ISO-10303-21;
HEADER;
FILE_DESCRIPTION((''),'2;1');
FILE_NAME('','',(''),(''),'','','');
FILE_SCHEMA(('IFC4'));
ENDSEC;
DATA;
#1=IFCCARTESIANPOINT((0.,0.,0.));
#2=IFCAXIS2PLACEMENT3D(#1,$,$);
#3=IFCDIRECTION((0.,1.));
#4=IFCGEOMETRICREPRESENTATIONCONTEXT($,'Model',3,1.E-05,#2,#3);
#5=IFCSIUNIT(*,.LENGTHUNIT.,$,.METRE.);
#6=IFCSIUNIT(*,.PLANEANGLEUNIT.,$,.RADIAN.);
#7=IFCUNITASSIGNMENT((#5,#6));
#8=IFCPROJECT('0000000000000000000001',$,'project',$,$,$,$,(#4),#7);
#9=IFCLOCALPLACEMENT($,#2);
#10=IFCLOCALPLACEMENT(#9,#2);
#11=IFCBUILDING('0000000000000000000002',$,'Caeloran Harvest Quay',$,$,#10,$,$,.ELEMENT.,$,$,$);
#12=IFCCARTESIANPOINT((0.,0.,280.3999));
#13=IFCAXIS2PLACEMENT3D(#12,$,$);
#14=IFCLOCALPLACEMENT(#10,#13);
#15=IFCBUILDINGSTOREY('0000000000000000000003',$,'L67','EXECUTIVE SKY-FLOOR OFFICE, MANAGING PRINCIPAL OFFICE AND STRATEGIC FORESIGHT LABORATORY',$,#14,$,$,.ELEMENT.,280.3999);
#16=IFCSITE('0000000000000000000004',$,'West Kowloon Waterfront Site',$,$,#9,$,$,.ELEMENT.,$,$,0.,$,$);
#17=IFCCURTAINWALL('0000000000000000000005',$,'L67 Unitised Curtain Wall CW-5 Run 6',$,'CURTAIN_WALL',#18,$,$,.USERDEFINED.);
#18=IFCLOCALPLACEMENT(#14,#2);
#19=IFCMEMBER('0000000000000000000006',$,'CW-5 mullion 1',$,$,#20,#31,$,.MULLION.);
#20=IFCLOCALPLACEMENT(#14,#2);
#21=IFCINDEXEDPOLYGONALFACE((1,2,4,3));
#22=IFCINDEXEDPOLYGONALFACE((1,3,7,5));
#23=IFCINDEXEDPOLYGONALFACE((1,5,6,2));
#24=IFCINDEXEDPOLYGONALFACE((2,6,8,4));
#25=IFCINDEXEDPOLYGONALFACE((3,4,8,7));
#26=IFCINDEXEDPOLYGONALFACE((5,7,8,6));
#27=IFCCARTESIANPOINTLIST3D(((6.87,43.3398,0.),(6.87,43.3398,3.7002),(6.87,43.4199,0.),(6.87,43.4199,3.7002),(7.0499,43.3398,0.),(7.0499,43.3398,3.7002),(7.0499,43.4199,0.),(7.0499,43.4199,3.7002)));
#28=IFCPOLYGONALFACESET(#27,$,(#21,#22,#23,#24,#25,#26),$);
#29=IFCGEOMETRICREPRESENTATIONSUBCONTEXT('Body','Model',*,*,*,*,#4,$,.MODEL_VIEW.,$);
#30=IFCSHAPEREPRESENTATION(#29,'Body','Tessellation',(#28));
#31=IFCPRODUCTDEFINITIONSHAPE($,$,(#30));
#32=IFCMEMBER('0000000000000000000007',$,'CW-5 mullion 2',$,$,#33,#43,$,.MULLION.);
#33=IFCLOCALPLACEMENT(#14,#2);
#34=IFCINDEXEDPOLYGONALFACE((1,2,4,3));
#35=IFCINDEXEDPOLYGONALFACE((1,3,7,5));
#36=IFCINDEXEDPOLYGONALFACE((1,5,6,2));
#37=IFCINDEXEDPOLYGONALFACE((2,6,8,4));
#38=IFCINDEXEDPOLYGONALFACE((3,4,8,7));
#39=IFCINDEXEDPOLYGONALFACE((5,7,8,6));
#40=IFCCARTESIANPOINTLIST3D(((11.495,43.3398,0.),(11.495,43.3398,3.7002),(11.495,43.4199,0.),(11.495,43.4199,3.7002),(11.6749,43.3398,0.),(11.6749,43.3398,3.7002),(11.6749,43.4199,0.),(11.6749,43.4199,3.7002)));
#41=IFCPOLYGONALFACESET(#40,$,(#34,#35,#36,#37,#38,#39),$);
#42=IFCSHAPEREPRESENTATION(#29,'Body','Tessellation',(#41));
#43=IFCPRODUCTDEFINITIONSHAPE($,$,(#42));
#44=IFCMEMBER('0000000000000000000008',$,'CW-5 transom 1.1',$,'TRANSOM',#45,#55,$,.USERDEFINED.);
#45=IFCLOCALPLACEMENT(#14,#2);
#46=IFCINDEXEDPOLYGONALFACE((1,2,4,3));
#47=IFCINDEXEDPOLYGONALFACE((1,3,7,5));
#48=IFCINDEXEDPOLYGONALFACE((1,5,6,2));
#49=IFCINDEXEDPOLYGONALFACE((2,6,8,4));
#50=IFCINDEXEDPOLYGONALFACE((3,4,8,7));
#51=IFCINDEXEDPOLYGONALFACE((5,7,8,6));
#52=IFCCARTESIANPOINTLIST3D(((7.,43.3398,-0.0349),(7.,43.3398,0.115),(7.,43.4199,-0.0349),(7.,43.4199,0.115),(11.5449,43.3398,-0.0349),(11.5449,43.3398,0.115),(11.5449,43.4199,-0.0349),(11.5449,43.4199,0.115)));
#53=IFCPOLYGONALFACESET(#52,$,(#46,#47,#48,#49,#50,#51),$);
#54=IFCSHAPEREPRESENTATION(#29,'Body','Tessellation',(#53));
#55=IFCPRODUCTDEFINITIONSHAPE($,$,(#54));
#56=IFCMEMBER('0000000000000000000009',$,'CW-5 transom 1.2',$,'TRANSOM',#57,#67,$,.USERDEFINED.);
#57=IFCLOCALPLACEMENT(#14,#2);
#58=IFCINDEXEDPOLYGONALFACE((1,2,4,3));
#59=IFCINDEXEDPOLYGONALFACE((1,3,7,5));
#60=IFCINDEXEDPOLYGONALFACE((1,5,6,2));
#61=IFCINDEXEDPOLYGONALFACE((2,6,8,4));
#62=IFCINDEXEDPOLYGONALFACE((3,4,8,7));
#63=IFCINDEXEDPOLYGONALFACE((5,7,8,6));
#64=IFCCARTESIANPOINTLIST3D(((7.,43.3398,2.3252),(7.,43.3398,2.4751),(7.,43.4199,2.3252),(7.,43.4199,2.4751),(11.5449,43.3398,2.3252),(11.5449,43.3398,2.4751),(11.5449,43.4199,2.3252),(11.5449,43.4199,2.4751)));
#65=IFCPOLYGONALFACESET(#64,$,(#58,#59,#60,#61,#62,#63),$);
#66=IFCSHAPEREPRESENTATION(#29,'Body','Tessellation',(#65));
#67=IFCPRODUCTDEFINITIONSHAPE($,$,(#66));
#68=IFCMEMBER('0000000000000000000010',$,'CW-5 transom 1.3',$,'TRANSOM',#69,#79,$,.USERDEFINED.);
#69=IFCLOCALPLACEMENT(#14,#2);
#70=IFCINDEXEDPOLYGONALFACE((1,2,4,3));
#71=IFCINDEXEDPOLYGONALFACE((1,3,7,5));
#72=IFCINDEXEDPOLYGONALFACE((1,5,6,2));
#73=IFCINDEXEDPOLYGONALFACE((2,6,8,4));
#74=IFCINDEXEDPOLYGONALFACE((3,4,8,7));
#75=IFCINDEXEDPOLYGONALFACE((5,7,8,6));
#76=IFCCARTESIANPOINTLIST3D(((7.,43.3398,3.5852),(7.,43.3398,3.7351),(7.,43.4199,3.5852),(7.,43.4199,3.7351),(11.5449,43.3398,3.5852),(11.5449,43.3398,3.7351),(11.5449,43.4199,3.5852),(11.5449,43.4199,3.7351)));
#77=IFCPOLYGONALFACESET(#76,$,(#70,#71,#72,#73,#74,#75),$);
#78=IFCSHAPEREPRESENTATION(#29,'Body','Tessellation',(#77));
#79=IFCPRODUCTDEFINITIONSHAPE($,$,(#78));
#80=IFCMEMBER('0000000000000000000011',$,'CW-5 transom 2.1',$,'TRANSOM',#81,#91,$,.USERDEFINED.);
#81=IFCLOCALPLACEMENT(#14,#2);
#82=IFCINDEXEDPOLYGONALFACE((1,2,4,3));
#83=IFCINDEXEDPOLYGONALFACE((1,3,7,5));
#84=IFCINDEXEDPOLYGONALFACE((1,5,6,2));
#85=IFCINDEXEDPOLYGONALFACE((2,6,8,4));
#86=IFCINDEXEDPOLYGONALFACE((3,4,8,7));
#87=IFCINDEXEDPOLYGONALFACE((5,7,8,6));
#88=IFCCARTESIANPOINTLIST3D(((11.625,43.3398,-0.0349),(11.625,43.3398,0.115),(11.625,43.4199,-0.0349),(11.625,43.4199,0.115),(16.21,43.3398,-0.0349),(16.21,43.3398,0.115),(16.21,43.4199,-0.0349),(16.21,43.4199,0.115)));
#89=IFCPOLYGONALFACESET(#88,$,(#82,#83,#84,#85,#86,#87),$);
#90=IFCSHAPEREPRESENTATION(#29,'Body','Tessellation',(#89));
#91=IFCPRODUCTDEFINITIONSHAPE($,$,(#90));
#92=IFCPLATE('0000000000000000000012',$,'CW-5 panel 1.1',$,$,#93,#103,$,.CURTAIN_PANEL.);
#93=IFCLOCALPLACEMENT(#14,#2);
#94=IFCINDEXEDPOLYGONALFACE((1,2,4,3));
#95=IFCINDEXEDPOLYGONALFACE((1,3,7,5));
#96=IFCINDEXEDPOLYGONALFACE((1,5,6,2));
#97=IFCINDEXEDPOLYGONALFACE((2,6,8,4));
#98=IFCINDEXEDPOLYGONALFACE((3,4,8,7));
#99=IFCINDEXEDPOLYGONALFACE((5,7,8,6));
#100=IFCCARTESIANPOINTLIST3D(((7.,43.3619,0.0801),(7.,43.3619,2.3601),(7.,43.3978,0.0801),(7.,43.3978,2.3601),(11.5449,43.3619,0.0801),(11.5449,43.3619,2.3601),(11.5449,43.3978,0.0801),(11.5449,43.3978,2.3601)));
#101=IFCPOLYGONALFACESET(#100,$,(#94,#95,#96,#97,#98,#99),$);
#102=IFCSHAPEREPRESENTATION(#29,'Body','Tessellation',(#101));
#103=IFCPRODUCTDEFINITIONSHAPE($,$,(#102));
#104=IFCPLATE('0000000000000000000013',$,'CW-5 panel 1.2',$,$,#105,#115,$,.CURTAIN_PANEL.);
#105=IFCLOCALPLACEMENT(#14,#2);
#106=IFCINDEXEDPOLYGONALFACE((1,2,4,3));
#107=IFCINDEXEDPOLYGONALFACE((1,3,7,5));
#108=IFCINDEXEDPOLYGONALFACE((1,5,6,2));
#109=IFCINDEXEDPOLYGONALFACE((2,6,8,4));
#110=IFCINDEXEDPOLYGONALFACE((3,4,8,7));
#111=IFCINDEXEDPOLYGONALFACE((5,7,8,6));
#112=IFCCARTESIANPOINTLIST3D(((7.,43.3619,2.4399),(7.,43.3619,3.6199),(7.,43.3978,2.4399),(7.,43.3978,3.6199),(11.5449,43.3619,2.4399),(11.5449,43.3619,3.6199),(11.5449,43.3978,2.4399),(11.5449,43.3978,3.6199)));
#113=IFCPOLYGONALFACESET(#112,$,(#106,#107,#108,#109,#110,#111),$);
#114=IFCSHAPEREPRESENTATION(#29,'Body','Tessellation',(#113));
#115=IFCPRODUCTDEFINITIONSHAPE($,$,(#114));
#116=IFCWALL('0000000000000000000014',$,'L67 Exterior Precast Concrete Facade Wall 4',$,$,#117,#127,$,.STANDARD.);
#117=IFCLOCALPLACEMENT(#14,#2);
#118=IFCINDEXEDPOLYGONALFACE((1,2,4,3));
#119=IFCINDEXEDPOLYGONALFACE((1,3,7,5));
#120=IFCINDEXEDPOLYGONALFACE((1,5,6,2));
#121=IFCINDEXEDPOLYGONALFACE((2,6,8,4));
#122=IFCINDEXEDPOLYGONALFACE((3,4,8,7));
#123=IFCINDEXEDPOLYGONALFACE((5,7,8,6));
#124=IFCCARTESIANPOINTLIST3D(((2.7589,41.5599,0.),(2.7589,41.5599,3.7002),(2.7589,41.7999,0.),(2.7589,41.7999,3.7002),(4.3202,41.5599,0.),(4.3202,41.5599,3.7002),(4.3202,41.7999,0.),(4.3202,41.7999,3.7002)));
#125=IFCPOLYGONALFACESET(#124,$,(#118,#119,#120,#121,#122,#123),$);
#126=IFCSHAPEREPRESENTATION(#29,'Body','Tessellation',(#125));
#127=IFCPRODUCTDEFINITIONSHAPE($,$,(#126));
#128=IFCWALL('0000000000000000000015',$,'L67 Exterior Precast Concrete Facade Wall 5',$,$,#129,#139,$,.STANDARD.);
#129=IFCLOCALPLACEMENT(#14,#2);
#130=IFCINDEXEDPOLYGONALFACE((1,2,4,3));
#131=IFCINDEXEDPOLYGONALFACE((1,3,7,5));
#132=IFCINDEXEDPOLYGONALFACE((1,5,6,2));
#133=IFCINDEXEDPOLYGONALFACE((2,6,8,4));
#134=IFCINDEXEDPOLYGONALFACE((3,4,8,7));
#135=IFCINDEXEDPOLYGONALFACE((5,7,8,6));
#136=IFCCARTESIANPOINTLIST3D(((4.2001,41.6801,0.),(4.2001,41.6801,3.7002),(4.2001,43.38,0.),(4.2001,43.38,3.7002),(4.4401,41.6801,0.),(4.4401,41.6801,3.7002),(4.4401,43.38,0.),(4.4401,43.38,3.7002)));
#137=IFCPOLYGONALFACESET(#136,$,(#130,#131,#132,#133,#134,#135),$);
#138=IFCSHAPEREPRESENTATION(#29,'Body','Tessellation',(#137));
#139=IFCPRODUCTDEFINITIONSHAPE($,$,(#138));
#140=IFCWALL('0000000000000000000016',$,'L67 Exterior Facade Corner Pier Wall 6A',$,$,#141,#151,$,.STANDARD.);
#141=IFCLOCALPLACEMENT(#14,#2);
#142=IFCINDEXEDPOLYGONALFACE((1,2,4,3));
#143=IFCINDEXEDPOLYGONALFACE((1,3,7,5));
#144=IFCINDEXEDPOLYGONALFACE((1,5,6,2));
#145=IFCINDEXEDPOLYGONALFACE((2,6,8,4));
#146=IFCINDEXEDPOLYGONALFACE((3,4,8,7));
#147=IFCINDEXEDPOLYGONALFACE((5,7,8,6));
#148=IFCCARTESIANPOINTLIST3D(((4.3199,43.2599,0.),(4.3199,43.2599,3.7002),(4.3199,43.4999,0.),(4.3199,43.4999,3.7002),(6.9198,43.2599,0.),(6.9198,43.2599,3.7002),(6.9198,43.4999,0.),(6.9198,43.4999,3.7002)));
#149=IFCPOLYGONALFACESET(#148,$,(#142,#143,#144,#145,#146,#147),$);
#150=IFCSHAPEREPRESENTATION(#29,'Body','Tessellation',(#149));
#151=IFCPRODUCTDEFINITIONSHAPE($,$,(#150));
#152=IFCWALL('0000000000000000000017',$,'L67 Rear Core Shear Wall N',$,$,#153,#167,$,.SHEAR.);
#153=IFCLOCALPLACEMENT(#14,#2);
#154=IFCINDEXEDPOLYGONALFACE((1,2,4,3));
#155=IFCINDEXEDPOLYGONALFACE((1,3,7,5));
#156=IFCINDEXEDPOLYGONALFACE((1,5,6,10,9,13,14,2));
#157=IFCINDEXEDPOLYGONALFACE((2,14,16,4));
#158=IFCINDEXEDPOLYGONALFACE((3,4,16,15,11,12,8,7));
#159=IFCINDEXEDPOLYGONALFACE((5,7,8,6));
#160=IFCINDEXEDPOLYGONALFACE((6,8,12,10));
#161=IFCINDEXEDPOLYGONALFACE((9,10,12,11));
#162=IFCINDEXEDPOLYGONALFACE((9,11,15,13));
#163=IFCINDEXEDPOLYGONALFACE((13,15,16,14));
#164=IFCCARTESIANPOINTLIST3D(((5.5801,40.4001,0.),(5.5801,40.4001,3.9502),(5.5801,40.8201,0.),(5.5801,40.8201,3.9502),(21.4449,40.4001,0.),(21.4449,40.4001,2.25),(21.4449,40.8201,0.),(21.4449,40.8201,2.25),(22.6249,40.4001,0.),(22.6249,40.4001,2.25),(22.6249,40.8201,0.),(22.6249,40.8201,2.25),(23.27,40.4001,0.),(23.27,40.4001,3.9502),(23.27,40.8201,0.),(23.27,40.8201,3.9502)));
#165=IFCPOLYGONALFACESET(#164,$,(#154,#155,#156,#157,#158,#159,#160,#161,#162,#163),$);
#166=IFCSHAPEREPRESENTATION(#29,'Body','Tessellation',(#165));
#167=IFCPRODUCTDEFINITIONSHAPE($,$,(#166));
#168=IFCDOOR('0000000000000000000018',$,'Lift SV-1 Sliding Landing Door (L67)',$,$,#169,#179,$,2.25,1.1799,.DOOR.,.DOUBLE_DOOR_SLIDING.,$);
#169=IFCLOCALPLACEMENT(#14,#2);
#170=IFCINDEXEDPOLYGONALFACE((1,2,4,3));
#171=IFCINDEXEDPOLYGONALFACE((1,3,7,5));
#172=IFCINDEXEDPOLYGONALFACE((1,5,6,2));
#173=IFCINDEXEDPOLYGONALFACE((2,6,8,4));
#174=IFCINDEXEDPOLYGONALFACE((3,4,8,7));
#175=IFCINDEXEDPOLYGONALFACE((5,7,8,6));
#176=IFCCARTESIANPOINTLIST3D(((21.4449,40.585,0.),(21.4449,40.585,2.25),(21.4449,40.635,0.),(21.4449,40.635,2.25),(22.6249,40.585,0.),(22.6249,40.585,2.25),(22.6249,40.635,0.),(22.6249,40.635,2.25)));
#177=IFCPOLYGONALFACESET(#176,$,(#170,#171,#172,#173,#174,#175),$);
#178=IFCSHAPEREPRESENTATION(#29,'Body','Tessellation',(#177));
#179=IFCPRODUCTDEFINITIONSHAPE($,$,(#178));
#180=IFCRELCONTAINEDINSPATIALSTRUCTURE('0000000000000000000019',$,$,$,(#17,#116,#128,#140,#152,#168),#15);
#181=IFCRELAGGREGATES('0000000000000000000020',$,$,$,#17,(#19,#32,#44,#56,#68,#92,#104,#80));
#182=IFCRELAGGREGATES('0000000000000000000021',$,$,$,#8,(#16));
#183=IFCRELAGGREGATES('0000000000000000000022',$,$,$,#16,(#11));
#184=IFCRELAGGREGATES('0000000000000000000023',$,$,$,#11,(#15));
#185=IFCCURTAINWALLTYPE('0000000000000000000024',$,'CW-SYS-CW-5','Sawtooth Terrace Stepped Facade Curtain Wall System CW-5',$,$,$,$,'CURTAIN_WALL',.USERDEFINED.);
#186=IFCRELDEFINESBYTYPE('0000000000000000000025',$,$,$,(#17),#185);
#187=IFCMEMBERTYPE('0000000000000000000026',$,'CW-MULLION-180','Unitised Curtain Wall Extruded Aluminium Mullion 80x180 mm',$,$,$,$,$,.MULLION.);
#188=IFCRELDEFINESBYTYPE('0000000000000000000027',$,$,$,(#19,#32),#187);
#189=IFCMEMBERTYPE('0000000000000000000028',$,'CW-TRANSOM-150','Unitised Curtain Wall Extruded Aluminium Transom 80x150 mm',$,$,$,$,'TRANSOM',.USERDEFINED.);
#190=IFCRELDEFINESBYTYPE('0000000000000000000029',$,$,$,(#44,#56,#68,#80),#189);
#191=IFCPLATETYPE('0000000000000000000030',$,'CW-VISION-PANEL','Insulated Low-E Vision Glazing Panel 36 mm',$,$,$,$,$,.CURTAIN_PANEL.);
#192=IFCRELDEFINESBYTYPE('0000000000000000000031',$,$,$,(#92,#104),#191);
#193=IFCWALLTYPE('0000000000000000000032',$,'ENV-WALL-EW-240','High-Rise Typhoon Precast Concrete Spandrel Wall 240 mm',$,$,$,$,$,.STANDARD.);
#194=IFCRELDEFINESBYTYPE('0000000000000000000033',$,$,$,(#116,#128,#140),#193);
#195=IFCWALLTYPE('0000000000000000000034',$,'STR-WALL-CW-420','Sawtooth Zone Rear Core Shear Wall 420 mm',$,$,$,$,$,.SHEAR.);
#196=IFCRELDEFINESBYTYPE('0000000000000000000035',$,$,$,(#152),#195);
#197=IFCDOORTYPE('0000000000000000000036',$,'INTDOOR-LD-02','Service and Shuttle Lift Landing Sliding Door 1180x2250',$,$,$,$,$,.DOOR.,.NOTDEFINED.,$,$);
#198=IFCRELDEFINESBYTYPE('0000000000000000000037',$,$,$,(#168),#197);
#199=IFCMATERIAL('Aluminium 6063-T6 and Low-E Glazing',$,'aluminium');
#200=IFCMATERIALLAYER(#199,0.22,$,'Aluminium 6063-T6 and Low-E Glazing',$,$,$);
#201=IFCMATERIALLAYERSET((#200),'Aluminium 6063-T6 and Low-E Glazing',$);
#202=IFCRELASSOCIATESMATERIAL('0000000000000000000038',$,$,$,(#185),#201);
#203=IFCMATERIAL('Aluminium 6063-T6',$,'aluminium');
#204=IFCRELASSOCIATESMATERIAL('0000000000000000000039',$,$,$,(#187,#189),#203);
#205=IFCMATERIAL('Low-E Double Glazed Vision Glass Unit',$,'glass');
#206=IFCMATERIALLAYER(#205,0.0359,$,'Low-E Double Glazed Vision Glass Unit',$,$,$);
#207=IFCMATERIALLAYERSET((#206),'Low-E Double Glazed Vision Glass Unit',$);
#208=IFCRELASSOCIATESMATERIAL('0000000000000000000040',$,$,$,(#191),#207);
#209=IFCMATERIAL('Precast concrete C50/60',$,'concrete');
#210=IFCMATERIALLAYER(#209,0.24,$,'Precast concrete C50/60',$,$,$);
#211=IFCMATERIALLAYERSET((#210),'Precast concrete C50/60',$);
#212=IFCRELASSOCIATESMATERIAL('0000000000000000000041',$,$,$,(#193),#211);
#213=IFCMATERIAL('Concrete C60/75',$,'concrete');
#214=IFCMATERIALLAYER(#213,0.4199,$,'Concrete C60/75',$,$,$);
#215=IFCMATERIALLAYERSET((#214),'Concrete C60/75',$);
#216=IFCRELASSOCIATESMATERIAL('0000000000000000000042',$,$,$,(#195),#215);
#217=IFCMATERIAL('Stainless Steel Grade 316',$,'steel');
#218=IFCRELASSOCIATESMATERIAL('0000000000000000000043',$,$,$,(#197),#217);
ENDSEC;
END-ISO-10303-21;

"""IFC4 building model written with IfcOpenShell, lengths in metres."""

from ifc_helpers import new_model, si_unit, direction, frame, frame_2d, origin, origin_2d, place, context, subcontext, project, spatial, rectangle, extrude, material, layer, layer_set, material_profile, profile_set, type_object, element, fill, aggregate, save


model = new_model("IFC4")

# Units and contexts
model_context = context("Model", 3, precision=1e-05, world=origin(), true_north=direction((0.0, 1.0)))
body_context = subcontext(model_context, "Body", "Model", "MODEL_VIEW")
ifc_project = project(units=[si_unit("LENGTHUNIT", "METRE"), si_unit("PLANEANGLEUNIT", "RADIAN")], contexts=[model_context])

# Site, building, storey
site_placement = place(None, origin())
site = spatial("IfcSite", under=ifc_project, at=site_placement, Name="West Kowloon Waterfront Site", CompositionType="ELEMENT", RefElevation=0.0)
building_placement = place(site_placement, origin())
building = spatial("IfcBuilding", under=site, at=building_placement, Name="Caeloran Harvest Quay", CompositionType="ELEMENT")
storey_placement = place(building_placement, frame((0.0, 0.0, 280.3999)))
storey = spatial("IfcBuildingStorey", under=building, at=storey_placement, Name="L67", Description="EXECUTIVE SKY-FLOOR OFFICE, MANAGING PRINCIPAL OFFICE AND STRATEGIC FORESIGHT LABORATORY", CompositionType="ELEMENT", Elevation=280.3999)

# Curtain wall, members, plates
ifc_material_1 = material(Name="Aluminium 6063-T6 and Low-E Glazing", Category="aluminium")
ifc_layer_1 = layer(ifc_material_1, 0.22, Name="Aluminium 6063-T6 and Low-E Glazing")
ifc_layer_set_1 = layer_set([ifc_layer_1], Name="Aluminium 6063-T6 and Low-E Glazing")
curtain_wall_type = type_object("IfcCurtainWallType", Name="CW-SYS-CW-5", Description="Sawtooth Terrace Stepped Facade Curtain Wall System CW-5", ElementType="CURTAIN_WALL", PredefinedType="USERDEFINED", material=ifc_layer_set_1)
curtain_wall_placement = place(storey_placement, origin())
curtain_wall = element("IfcCurtainWall", 1, at=curtain_wall_placement, inside=storey, type_object=curtain_wall_type, Name="L67 Unitised Curtain Wall CW-5 Run 6", ObjectType="CURTAIN_WALL", PredefinedType="USERDEFINED")
ifc_material_2 = material(Name="Aluminium 6063-T6", Category="aluminium")
ifc_material_profile_1 = material_profile(ifc_material_2, rectangle(XDim=0.0801, YDim=0.1799, at=origin_2d()), Name="CW-MULLION-180")
ifc_profile_set_1 = profile_set([ifc_material_profile_1], Name="Aluminium 6063-T6")
member_type_1 = type_object("IfcMemberType", Name="CW-MULLION-180", Description="Unitised Curtain Wall Extruded Aluminium Mullion 80x180 mm", PredefinedType="MULLION", material=ifc_profile_set_1)
member_1_placement = place(storey_placement, frame((6.96, 43.3799, 0.0), z_axis=(0.0, 0.0, 1.0), x_axis=(0.0, 1.0, 0.0)))
member_1 = element("IfcMember", 2, at=member_1_placement, type_object=member_type_1, Name="CW-5 mullion 1", PredefinedType="MULLION", context=body_context, shape_type="SweptSolid", body=[
    extrude(rectangle(XDim=0.0801, YDim=0.1799, at=origin_2d()), origin(), (0.0, 0.0, 1.0), 3.7002),
])
member_2_placement = place(storey_placement, frame((11.585, 43.3799, 0.0), z_axis=(0.0, 0.0, 1.0), x_axis=(0.0, 1.0, 0.0)))
member_2 = element("IfcMember", 3, at=member_2_placement, type_object=member_type_1, Name="CW-5 mullion 2", PredefinedType="MULLION", context=body_context, shape_type="SweptSolid", body=[
    extrude(rectangle(XDim=0.0801, YDim=0.1799, at=origin_2d()), origin(), (0.0, 0.0, 1.0), 3.7002),
])
ifc_material_profile_2 = material_profile(ifc_material_2, rectangle(XDim=0.0801, YDim=0.1499, at=origin_2d()), Name="CW-TRANSOM-150")
ifc_profile_set_2 = profile_set([ifc_material_profile_2], Name="Aluminium 6063-T6")
member_type_2 = type_object("IfcMemberType", Name="CW-TRANSOM-150", Description="Unitised Curtain Wall Extruded Aluminium Transom 80x150 mm", ElementType="TRANSOM", PredefinedType="USERDEFINED", material=ifc_profile_set_2)
member_3_placement = place(storey_placement, frame((7.0, 43.3799, 0.04), z_axis=(1.0, 0.0, 0.0), x_axis=(0.0, 1.0, 0.0)))
member_3 = element("IfcMember", 4, at=member_3_placement, type_object=member_type_2, Name="CW-5 transom 1.1", ObjectType="TRANSOM", PredefinedType="USERDEFINED", context=body_context, shape_type="SweptSolid", body=[
    extrude(rectangle(XDim=0.0801, YDim=0.1499, at=origin_2d()), origin(), (0.0, 0.0, 1.0), 4.5449),
])
member_4_placement = place(storey_placement, frame((7.0, 43.3799, 2.4001), z_axis=(1.0, 0.0, 0.0), x_axis=(0.0, 1.0, 0.0)))
member_4 = element("IfcMember", 5, at=member_4_placement, type_object=member_type_2, Name="CW-5 transom 1.2", ObjectType="TRANSOM", PredefinedType="USERDEFINED", context=body_context, shape_type="SweptSolid", body=[
    extrude(rectangle(XDim=0.0801, YDim=0.1499, at=origin_2d()), origin(), (0.0, 0.0, 1.0), 4.5449),
])
member_5_placement = place(storey_placement, frame((7.0, 43.3799, 3.6602), z_axis=(1.0, 0.0, 0.0), x_axis=(0.0, 1.0, 0.0)))
member_5 = element("IfcMember", 6, at=member_5_placement, type_object=member_type_2, Name="CW-5 transom 1.3", ObjectType="TRANSOM", PredefinedType="USERDEFINED", context=body_context, shape_type="SweptSolid", body=[
    extrude(rectangle(XDim=0.0801, YDim=0.1499, at=origin_2d()), origin(), (0.0, 0.0, 1.0), 4.5449),
])
member_6_placement = place(storey_placement, frame((11.625, 43.3799, 0.04), z_axis=(1.0, 0.0, 0.0), x_axis=(0.0, 1.0, 0.0)))
member_6 = element("IfcMember", 7, at=member_6_placement, type_object=member_type_2, Name="CW-5 transom 2.1", ObjectType="TRANSOM", PredefinedType="USERDEFINED", context=body_context, shape_type="SweptSolid", body=[
    extrude(rectangle(XDim=0.0801, YDim=0.1499, at=origin_2d()), origin(), (0.0, 0.0, 1.0), 4.585),
])
ifc_material_3 = material(Name="Low-E Double Glazed Vision Glass Unit", Category="glass")
ifc_layer_2 = layer(ifc_material_3, 0.0359, Name="Low-E Double Glazed Vision Glass Unit")
ifc_layer_set_2 = layer_set([ifc_layer_2], Name="Low-E Double Glazed Vision Glass Unit")
plate_type = type_object("IfcPlateType", Name="CW-VISION-PANEL", Description="Insulated Low-E Vision Glazing Panel 36 mm", PredefinedType="CURTAIN_PANEL", material=ifc_layer_set_2)
plate_1_placement = place(storey_placement, frame((9.2725, 43.3799, 0.0801), z_axis=(0.0, 0.0, 1.0), x_axis=(1.0, 0.0, 0.0)))
plate_1 = element("IfcPlate", 8, at=plate_1_placement, type_object=plate_type, Name="CW-5 panel 1.1", PredefinedType="CURTAIN_PANEL", context=body_context, shape_type="SweptSolid", body=[
    extrude(rectangle(XDim=4.5449, YDim=0.0359, at=origin_2d()), origin(), (0.0, 0.0, 1.0), 2.28),
])
plate_2_placement = place(storey_placement, frame((9.2725, 43.3799, 2.4399), z_axis=(0.0, 0.0, 1.0), x_axis=(1.0, 0.0, 0.0)))
plate_2 = element("IfcPlate", 9, at=plate_2_placement, type_object=plate_type, Name="CW-5 panel 1.2", PredefinedType="CURTAIN_PANEL", context=body_context, shape_type="SweptSolid", body=[
    extrude(rectangle(XDim=4.5449, YDim=0.0359, at=origin_2d()), origin(), (0.0, 0.0, 1.0), 1.1799),
])
aggregate(curtain_wall, [member_1, member_2, member_3, member_4, member_5, plate_1, plate_2, member_6])

# Walls
ifc_material_4 = material(Name="Precast concrete C50/60", Category="concrete")
ifc_layer_3 = layer(ifc_material_4, 0.24, Name="Precast concrete C50/60")
ifc_layer_set_3 = layer_set([ifc_layer_3], Name="Precast concrete C50/60")
wall_type_1 = type_object("IfcWallType", Name="ENV-WALL-EW-240", Description="High-Rise Typhoon Precast Concrete Spandrel Wall 240 mm", PredefinedType="STANDARD", material=ifc_layer_set_3)
wall_1_placement = place(storey_placement, frame((2.7588, 41.6799, 0.0), z_axis=(0.0, 0.0, 1.0), x_axis=(1.0, 0.0, 0.0)))
element("IfcWall", 10, at=wall_1_placement, inside=storey, type_object=wall_type_1, Name="L67 Exterior Precast Concrete Facade Wall 4", PredefinedType="STANDARD", context=body_context, shape_type="SweptSolid", body=[
    extrude(rectangle(XDim=1.5613, YDim=0.24, at=frame_2d((0.7808, 0.0))), origin(), (0.0, 0.0, 1.0), 3.7002),
])
wall_2_placement = place(storey_placement, frame((4.3201, 41.6799, 0.0), z_axis=(0.0, 0.0, 1.0), x_axis=(0.0, 1.0, 0.0)))
element("IfcWall", 11, at=wall_2_placement, inside=storey, type_object=wall_type_1, Name="L67 Exterior Precast Concrete Facade Wall 5", PredefinedType="STANDARD", context=body_context, shape_type="SweptSolid", body=[
    extrude(rectangle(XDim=1.7, YDim=0.24, at=frame_2d((0.8501, 0.0))), origin(), (0.0, 0.0, 1.0), 3.7002),
])
wall_3_placement = place(storey_placement, frame((4.3201, 43.3799, 0.0), z_axis=(0.0, 0.0, 1.0), x_axis=(1.0, 0.0, 0.0)))
element("IfcWall", 12, at=wall_3_placement, inside=storey, type_object=wall_type_1, Name="L67 Exterior Facade Corner Pier Wall 6A", PredefinedType="STANDARD", context=body_context, shape_type="SweptSolid", body=[
    extrude(rectangle(XDim=2.5999, YDim=0.24, at=frame_2d((1.2998, 0.0))), origin(), (0.0, 0.0, 1.0), 3.7002),
])

# Wall, opening, door
ifc_material_5 = material(Name="Concrete C60/75", Category="concrete")
ifc_layer_4 = layer(ifc_material_5, 0.4199, Name="Concrete C60/75")
ifc_layer_set_4 = layer_set([ifc_layer_4], Name="Concrete C60/75")
wall_type_2 = type_object("IfcWallType", Name="STR-WALL-CW-420", Description="Sawtooth Zone Rear Core Shear Wall 420 mm", PredefinedType="SHEAR", material=ifc_layer_set_4)
wall_4_placement = place(storey_placement, frame((5.5801, 40.6101, 0.0), z_axis=(0.0, 0.0, 1.0), x_axis=(1.0, 0.0, 0.0)))
wall_4 = element("IfcWall", 13, at=wall_4_placement, inside=storey, type_object=wall_type_2, Name="L67 Rear Core Shear Wall N", PredefinedType="SHEAR", context=body_context, shape_type="SweptSolid", body=[
    extrude(rectangle(XDim=17.6899, YDim=0.4199, at=frame_2d((8.845, 0.0))), origin(), (0.0, 0.0, 1.0), 3.9502),
])
opening_placement = place(wall_4_placement, frame((15.865, 0.0, 0.0)))
opening = element("IfcOpeningElement", 14, at=opening_placement, cuts=wall_4, PredefinedType="OPENING", context=body_context, shape_type="SweptSolid", body=[
    extrude(rectangle(XDim=1.1799, YDim=2.25, at=frame_2d((0.5898, 1.125))), frame((0.0, 0.22, 0.0), z_axis=(0.0, -1.0, 0.0), x_axis=(1.0, 0.0, 0.0)), (0.0, 0.0, 1.0), 0.4399),
])
ifc_material_6 = material(Name="Stainless Steel Grade 316", Category="steel")
door_type = type_object("IfcDoorType", Name="INTDOOR-LD-02", Description="Service and Shuttle Lift Landing Sliding Door 1180x2250", OperationType="NOTDEFINED", PredefinedType="DOOR", material=ifc_material_6)
door_placement = place(opening_placement, origin())
door = element("IfcDoor", 15, at=door_placement, inside=storey, type_object=door_type, Name="Lift SV-1 Sliding Landing Door (L67)", OperationType="DOUBLE_DOOR_SLIDING", OverallHeight=2.25, OverallWidth=1.1799, PredefinedType="DOOR", context=body_context, shape_type="SweptSolid", body=[
    extrude(rectangle(XDim=1.1799, YDim=2.25, at=frame_2d((0.5898, 1.125))), frame((0.0, 0.0249, 0.0), z_axis=(0.0, -1.0, 0.0), x_axis=(1.0, 0.0, 0.0)), (0.0, 0.0, 1.0), 0.05),
])
fill(opening, door)

save(model, "model.ifc")
